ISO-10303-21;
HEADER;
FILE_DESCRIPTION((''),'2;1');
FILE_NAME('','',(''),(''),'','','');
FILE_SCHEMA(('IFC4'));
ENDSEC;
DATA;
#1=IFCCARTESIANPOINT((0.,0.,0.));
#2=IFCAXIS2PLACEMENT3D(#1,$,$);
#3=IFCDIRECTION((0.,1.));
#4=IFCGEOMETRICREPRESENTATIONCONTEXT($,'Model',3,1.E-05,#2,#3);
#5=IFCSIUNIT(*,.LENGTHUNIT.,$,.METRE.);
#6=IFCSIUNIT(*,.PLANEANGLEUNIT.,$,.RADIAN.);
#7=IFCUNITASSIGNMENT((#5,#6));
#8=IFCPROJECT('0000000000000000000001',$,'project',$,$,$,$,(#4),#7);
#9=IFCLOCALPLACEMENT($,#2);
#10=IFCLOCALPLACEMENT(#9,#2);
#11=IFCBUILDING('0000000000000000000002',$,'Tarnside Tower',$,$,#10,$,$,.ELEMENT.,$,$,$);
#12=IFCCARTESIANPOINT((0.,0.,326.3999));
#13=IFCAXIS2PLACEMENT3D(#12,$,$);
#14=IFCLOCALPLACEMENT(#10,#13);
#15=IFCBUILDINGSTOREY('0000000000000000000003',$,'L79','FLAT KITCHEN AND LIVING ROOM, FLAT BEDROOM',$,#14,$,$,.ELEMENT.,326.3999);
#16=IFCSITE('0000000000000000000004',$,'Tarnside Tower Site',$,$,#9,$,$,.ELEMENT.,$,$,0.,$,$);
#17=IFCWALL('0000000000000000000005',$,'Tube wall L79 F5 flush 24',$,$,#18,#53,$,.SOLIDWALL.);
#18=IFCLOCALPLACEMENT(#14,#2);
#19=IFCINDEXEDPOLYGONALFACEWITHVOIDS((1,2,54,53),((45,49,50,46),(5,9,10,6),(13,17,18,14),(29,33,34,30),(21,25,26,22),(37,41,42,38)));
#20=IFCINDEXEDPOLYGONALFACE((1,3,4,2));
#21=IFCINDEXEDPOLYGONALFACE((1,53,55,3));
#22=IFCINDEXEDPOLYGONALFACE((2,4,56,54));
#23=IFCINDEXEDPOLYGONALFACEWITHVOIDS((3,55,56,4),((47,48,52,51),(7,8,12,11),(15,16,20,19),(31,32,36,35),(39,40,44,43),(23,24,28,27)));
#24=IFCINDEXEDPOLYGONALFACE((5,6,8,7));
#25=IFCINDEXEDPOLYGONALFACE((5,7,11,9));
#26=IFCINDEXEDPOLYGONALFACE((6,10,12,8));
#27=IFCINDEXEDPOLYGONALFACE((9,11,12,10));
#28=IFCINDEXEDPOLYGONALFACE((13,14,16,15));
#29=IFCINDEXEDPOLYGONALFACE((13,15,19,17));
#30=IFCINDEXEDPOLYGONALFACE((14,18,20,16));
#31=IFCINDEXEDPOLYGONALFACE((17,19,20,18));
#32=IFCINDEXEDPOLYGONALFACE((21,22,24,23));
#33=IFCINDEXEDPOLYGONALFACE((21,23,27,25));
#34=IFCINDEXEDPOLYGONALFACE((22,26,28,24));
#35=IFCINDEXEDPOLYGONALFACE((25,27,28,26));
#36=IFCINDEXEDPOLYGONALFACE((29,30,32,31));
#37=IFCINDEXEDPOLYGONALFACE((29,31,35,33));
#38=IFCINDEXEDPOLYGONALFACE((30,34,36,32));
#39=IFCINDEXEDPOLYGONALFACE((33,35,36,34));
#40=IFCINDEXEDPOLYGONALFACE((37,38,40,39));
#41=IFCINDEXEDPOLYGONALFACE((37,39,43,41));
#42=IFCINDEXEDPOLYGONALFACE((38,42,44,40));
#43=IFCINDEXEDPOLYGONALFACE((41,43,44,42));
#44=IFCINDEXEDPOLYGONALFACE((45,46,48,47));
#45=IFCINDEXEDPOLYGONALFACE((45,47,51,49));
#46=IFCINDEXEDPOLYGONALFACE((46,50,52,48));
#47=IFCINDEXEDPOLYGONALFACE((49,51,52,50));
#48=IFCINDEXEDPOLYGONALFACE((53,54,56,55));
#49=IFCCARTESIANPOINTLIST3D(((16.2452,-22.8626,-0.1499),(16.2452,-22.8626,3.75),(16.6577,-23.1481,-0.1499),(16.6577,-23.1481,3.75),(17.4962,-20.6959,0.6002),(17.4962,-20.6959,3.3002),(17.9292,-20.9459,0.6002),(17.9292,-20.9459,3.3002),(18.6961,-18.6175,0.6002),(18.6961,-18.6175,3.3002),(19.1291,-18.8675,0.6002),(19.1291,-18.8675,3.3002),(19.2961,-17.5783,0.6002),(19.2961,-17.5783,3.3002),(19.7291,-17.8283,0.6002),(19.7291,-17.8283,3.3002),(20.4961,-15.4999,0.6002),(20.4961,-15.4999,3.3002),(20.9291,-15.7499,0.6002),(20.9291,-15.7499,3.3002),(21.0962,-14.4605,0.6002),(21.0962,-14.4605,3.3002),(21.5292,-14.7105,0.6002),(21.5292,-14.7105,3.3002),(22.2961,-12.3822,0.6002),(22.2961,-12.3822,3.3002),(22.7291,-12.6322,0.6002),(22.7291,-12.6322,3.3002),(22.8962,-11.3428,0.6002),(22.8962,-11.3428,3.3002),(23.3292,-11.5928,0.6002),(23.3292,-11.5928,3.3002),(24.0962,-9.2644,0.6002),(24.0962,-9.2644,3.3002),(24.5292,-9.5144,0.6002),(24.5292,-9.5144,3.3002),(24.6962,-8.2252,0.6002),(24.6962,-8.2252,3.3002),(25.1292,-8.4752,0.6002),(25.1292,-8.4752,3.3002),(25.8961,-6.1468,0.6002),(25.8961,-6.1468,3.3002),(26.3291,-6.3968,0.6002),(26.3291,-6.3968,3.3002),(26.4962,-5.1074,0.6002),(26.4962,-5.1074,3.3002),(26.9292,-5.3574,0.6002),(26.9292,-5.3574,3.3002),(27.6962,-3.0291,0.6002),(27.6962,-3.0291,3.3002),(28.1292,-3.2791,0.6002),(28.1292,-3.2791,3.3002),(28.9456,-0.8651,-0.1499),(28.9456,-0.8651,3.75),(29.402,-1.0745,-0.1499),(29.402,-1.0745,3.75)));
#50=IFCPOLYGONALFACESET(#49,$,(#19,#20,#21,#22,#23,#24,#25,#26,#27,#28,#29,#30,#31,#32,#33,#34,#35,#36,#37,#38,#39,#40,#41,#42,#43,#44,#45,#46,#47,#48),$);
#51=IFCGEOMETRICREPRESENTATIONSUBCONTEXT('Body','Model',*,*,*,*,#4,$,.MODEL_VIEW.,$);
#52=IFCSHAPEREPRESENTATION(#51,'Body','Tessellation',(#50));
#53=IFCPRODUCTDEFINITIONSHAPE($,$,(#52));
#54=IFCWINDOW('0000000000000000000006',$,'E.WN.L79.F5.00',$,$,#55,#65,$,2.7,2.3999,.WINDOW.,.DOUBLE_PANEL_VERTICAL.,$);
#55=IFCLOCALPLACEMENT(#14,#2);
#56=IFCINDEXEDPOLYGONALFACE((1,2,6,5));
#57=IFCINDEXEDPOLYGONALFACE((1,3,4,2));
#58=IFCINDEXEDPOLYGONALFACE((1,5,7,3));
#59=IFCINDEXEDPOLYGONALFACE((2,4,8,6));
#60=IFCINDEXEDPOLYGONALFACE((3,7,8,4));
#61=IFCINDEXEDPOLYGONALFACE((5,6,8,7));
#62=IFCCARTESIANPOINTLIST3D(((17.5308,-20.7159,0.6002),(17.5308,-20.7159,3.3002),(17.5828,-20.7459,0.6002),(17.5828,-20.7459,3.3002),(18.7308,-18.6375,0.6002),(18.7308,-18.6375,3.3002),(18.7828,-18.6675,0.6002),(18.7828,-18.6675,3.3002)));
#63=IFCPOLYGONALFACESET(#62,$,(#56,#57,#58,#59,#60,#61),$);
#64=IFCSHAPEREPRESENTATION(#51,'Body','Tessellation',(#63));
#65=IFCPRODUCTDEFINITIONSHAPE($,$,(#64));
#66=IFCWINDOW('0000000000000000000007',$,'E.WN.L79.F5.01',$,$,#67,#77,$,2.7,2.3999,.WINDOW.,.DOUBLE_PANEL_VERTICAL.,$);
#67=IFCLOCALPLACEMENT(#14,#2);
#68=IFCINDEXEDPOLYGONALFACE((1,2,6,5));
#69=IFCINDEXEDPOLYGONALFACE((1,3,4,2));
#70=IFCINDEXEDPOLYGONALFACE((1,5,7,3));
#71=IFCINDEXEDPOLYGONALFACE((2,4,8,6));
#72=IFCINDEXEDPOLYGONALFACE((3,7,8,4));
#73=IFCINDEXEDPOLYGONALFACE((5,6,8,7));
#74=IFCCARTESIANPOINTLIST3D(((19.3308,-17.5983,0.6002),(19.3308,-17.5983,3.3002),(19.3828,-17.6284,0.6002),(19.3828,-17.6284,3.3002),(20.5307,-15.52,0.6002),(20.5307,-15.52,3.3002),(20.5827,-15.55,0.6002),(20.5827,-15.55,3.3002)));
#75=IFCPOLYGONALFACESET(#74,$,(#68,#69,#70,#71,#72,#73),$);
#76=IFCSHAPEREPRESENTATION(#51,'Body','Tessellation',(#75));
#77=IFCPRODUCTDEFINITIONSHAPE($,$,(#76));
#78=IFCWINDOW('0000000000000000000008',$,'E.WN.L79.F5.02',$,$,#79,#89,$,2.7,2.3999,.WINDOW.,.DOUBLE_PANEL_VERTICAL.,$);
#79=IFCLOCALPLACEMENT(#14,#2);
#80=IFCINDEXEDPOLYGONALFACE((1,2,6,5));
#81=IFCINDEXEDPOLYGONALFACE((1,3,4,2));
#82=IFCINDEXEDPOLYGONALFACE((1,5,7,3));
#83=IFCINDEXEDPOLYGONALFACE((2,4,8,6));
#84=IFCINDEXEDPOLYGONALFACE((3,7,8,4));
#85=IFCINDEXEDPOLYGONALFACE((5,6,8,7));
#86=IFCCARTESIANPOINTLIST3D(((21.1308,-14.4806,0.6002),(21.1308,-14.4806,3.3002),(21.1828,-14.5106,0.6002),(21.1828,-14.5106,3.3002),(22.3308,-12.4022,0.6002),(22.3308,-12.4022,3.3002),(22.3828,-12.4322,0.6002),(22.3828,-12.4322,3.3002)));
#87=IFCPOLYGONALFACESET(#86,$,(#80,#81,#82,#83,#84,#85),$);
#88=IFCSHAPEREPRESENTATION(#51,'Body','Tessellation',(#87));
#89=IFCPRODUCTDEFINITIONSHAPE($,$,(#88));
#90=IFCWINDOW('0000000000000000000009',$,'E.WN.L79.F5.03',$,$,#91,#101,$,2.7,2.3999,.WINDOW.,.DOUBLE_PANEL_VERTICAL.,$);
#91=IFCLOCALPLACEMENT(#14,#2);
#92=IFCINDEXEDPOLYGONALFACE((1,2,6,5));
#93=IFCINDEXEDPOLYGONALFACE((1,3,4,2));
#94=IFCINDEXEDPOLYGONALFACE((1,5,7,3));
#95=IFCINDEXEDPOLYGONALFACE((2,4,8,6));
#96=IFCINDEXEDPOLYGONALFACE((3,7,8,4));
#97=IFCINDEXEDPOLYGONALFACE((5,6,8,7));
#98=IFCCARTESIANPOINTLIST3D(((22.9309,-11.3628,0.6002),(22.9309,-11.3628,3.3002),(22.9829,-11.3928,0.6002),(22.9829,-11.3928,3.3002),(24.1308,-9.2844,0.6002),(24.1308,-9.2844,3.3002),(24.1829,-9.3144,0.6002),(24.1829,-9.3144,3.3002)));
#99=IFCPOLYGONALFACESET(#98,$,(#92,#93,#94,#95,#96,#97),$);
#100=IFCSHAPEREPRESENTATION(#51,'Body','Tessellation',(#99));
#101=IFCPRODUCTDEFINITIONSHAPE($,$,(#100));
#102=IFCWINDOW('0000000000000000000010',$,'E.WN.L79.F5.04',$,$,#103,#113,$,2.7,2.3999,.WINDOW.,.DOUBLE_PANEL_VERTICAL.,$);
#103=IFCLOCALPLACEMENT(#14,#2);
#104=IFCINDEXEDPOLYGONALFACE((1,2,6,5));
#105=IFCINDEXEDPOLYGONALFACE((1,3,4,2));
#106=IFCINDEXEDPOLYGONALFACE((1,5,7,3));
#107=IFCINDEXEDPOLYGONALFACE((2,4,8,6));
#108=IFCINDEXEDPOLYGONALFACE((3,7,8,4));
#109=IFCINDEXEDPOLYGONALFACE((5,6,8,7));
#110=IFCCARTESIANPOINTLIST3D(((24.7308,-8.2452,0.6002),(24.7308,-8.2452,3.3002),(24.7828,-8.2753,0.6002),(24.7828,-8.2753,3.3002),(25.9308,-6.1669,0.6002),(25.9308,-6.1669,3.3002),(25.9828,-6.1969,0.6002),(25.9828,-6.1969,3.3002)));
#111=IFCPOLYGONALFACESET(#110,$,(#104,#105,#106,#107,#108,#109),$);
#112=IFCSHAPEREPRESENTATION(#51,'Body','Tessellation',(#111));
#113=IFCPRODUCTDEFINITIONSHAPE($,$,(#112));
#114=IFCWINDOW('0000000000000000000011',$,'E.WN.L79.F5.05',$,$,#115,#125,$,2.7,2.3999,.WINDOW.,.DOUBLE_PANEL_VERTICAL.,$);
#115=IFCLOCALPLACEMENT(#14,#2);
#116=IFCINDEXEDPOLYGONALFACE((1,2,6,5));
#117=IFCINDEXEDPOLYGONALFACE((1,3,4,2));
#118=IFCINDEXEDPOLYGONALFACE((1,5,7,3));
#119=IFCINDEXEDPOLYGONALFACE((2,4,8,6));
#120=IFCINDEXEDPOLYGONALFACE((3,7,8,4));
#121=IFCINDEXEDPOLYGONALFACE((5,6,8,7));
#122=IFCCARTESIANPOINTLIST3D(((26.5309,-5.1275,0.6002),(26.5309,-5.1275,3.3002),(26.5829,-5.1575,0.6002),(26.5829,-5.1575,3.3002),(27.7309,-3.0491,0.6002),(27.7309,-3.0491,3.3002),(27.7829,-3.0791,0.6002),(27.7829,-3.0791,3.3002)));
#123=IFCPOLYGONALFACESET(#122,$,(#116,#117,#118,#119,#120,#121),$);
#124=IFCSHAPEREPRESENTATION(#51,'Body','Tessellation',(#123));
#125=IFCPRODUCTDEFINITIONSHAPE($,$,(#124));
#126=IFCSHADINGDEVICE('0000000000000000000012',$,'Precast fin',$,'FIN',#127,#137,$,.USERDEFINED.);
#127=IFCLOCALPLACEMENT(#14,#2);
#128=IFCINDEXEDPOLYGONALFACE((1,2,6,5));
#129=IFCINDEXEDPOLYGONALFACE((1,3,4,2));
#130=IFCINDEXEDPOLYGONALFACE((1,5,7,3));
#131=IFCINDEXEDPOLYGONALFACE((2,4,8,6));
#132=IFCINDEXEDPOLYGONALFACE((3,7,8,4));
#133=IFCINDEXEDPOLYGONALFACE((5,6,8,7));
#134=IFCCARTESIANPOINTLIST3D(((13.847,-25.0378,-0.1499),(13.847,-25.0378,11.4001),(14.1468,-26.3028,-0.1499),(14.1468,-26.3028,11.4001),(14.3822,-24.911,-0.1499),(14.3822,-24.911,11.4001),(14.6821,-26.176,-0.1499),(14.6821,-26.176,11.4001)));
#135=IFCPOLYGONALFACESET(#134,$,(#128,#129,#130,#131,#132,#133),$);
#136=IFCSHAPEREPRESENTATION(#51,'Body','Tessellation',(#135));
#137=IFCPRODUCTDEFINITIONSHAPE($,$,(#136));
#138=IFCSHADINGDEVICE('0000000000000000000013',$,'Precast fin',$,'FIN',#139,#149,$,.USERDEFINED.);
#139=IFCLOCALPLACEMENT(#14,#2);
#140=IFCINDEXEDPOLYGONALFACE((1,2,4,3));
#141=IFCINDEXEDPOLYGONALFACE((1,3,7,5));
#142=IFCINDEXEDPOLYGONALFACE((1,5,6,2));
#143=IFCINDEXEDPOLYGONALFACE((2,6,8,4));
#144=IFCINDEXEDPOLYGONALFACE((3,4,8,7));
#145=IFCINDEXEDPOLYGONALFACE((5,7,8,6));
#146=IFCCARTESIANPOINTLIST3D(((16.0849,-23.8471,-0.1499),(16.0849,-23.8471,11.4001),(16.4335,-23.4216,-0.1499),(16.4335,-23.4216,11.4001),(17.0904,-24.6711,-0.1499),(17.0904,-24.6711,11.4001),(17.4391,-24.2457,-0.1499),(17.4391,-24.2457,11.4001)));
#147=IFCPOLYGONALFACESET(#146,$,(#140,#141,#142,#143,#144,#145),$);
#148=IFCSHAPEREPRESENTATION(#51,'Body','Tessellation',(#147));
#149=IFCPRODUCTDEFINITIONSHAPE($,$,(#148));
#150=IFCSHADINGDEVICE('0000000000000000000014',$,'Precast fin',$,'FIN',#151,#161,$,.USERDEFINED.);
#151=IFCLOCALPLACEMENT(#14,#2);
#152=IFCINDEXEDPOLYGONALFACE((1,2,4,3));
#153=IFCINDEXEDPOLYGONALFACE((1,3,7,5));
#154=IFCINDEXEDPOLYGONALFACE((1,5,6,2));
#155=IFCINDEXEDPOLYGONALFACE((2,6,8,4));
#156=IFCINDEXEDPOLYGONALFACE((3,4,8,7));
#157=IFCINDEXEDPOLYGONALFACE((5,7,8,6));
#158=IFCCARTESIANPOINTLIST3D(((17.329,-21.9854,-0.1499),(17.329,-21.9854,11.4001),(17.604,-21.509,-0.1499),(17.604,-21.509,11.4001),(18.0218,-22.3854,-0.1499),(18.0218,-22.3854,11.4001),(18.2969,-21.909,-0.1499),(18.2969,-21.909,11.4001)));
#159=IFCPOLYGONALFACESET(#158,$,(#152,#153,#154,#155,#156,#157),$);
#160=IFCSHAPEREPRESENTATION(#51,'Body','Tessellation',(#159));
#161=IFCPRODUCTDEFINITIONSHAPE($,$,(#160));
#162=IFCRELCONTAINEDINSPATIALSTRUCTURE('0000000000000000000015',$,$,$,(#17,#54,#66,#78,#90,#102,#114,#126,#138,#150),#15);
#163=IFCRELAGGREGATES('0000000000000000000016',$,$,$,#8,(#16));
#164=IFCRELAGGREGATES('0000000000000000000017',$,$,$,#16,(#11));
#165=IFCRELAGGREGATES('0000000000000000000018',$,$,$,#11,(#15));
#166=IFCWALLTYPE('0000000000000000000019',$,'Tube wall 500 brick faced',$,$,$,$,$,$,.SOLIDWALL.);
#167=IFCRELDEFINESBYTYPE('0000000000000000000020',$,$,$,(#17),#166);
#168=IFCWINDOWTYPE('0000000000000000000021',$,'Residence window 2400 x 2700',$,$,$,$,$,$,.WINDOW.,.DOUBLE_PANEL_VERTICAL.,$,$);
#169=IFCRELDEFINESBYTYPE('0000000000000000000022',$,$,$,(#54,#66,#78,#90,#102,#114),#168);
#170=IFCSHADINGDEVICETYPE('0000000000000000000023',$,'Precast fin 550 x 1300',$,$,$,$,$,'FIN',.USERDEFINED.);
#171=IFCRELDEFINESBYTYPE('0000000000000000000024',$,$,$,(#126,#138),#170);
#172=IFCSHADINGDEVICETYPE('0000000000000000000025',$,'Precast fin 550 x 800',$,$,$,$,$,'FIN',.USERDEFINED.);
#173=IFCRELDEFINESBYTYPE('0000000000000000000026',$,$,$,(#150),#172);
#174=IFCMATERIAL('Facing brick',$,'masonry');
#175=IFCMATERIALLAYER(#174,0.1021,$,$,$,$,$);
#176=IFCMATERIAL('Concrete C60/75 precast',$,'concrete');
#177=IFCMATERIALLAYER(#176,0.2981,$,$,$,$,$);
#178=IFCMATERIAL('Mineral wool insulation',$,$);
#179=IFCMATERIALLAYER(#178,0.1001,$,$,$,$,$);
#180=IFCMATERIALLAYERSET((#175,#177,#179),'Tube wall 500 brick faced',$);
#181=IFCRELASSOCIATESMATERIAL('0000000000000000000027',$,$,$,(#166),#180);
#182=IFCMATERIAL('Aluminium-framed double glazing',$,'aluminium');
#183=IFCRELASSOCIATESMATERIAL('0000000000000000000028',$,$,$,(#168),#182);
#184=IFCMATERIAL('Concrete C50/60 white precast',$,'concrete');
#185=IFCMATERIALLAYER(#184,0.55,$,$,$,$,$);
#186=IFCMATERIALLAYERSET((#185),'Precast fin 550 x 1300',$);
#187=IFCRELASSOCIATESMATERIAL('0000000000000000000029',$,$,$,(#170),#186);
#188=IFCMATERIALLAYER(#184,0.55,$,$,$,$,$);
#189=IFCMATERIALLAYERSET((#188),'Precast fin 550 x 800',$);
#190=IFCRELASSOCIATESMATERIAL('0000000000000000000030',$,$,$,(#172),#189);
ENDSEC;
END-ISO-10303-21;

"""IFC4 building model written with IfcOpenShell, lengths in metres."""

from ifc_helpers import new_model, si_unit, direction, frame, frame_2d, origin, place, context, subcontext, project, spatial, polyline, rectangle, outline, extrude, material, layer, layer_set, type_object, element, fill, save


model = new_model("IFC4")

# Units and contexts
model_context = context("Model", 3, precision=1e-05, world=origin(), true_north=direction((0.0, 1.0)))
body_context = subcontext(model_context, "Body", "Model", "MODEL_VIEW")
ifc_project = project(units=[si_unit("LENGTHUNIT", "METRE"), si_unit("PLANEANGLEUNIT", "RADIAN")], contexts=[model_context])

# Site, building, storey
site_placement = place(None, origin())
site = spatial("IfcSite", under=ifc_project, at=site_placement, Name="Tarnside Tower Site", CompositionType="ELEMENT", RefElevation=0.0)
building_placement = place(site_placement, origin())
building = spatial("IfcBuilding", under=site, at=building_placement, Name="Tarnside Tower", CompositionType="ELEMENT")
storey_placement = place(building_placement, frame((0.0, 0.0, 326.3999)))
storey = spatial("IfcBuildingStorey", under=building, at=storey_placement, Name="L79", Description="FLAT KITCHEN AND LIVING ROOM, FLAT BEDROOM", CompositionType="ELEMENT", Elevation=326.3999)

# Shared definitions
ifc_material_1 = material(Name="Facing brick", Category="masonry")
ifc_layer_1 = layer(ifc_material_1, 0.1021)
ifc_material_2 = material(Name="Concrete C60/75 precast", Category="concrete")
ifc_layer_2 = layer(ifc_material_2, 0.2981)
ifc_material_3 = material(Name="Mineral wool insulation")
ifc_layer_3 = layer(ifc_material_3, 0.1001)
ifc_layer_set_1 = layer_set([ifc_layer_1, ifc_layer_2, ifc_layer_3], Name="Tube wall 500 brick faced")
wall_type_1 = type_object("IfcWallType", Name="Tube wall 500 brick faced", PredefinedType="SOLIDWALL", material=ifc_layer_set_1)

# Wall, openings, windows
wall_1_placement = place(storey_placement, frame((16.4514, -23.0054, -0.1499), z_axis=(0.0, 0.0, 1.0), x_axis=(0.500004, 0.866023, 0.0)))
wall_1 = element("IfcWall", 1, at=wall_1_placement, inside=storey, type_object=wall_type_1, Name="Tube wall L79 F5 flush 24", PredefinedType="SOLIDWALL", context=body_context, shape_type="SweptSolid", body=[
    extrude(outline(polyline([(-0.0205, -0.25), (25.468, -0.25), (25.4211, 0.25), (0.0205, 0.25), (-0.0205, -0.25)])), origin(), (0.0, 0.0, 1.0), 3.8999),
])
opening_1_placement = place(wall_1_placement, frame((2.5225, 0.0, 0.75)))
opening_1 = element("IfcOpeningElement", 2, at=opening_1_placement, cuts=wall_1, PredefinedType="OPENING", context=body_context, shape_type="SweptSolid", body=[
    extrude(rectangle(XDim=2.3999, YDim=2.7, at=frame_2d((1.2, 1.3501))), frame((0.0, 0.26, 0.0), z_axis=(0.0, -1.0, 0.0), x_axis=(1.0, 0.0, 0.0)), (0.0, 0.0, 1.0), 0.52),
])
opening_2_placement = place(wall_1_placement, frame((6.1223, 0.0, 0.75)))
opening_2 = element("IfcOpeningElement", 3, at=opening_2_placement, cuts=wall_1, PredefinedType="OPENING", context=body_context, shape_type="SweptSolid", body=[
    extrude(rectangle(XDim=2.3999, YDim=2.7, at=frame_2d((1.2, 1.3501))), frame((0.0, 0.26, 0.0), z_axis=(0.0, -1.0, 0.0), x_axis=(1.0, 0.0, 0.0)), (0.0, 0.0, 1.0), 0.52),
])
opening_3_placement = place(wall_1_placement, frame((9.7224, 0.0, 0.75)))
opening_3 = element("IfcOpeningElement", 4, at=opening_3_placement, cuts=wall_1, PredefinedType="OPENING", context=body_context, shape_type="SweptSolid", body=[
    extrude(rectangle(XDim=2.3999, YDim=2.7, at=frame_2d((1.2, 1.3501))), frame((0.0, 0.26, 0.0), z_axis=(0.0, -1.0, 0.0), x_axis=(1.0, 0.0, 0.0)), (0.0, 0.0, 1.0), 0.52),
])
opening_4_placement = place(wall_1_placement, frame((13.3225, 0.0, 0.75)))
opening_4 = element("IfcOpeningElement", 5, at=opening_4_placement, cuts=wall_1, PredefinedType="OPENING", context=body_context, shape_type="SweptSolid", body=[
    extrude(rectangle(XDim=2.3999, YDim=2.7, at=frame_2d((1.2, 1.3501))), frame((0.0, 0.26, 0.0), z_axis=(0.0, -1.0, 0.0), x_axis=(1.0, 0.0, 0.0)), (0.0, 0.0, 1.0), 0.52),
])
opening_5_placement = place(wall_1_placement, frame((16.9224, 0.0, 0.75)))
opening_5 = element("IfcOpeningElement", 6, at=opening_5_placement, cuts=wall_1, PredefinedType="OPENING", context=body_context, shape_type="SweptSolid", body=[
    extrude(rectangle(XDim=2.3999, YDim=2.7, at=frame_2d((1.2, 1.3501))), frame((0.0, 0.26, 0.0), z_axis=(0.0, -1.0, 0.0), x_axis=(1.0, 0.0, 0.0)), (0.0, 0.0, 1.0), 0.52),
])
opening_6_placement = place(wall_1_placement, frame((20.5225, 0.0, 0.75)))
opening_6 = element("IfcOpeningElement", 7, at=opening_6_placement, cuts=wall_1, PredefinedType="OPENING", context=body_context, shape_type="SweptSolid", body=[
    extrude(rectangle(XDim=2.3999, YDim=2.7, at=frame_2d((1.2, 1.3501))), frame((0.0, 0.26, 0.0), z_axis=(0.0, -1.0, 0.0), x_axis=(1.0, 0.0, 0.0)), (0.0, 0.0, 1.0), 0.52),
])
ifc_material_4 = material(Name="Aluminium-framed double glazing", Category="aluminium")
window_type = type_object("IfcWindowType", Name="Residence window 2400 x 2700", PartitioningType="DOUBLE_PANEL_VERTICAL", PredefinedType="WINDOW", material=ifc_material_4)
window_1_placement = place(opening_1_placement, frame((0.0, 0.1799, 0.0)))
window_1 = element("IfcWindow", 8, at=window_1_placement, inside=storey, type_object=window_type, Name="E.WN.L79.F5.00", OverallHeight=2.7, OverallWidth=2.3999, PartitioningType="DOUBLE_PANEL_VERTICAL", PredefinedType="WINDOW", context=body_context, shape_type="SweptSolid", body=[
    extrude(rectangle(XDim=2.3999, YDim=2.7, at=frame_2d((1.2, 1.3501))), frame((0.0, 0.03, 0.0), z_axis=(0.0, -1.0, 0.0), x_axis=(1.0, 0.0, 0.0)), (0.0, 0.0, 1.0), 0.0601),
])
fill(opening_1, window_1)
window_2_placement = place(opening_2_placement, frame((0.0, 0.1799, 0.0)))
window_2 = element("IfcWindow", 9, at=window_2_placement, inside=storey, type_object=window_type, Name="E.WN.L79.F5.01", OverallHeight=2.7, OverallWidth=2.3999, PartitioningType="DOUBLE_PANEL_VERTICAL", PredefinedType="WINDOW", context=body_context, shape_type="SweptSolid", body=[
    extrude(rectangle(XDim=2.3999, YDim=2.7, at=frame_2d((1.2, 1.3501))), frame((0.0, 0.03, 0.0), z_axis=(0.0, -1.0, 0.0), x_axis=(1.0, 0.0, 0.0)), (0.0, 0.0, 1.0), 0.0601),
])
fill(opening_2, window_2)
window_3_placement = place(opening_3_placement, frame((0.0, 0.1799, 0.0)))
window_3 = element("IfcWindow", 10, at=window_3_placement, inside=storey, type_object=window_type, Name="E.WN.L79.F5.02", OverallHeight=2.7, OverallWidth=2.3999, PartitioningType="DOUBLE_PANEL_VERTICAL", PredefinedType="WINDOW", context=body_context, shape_type="SweptSolid", body=[
    extrude(rectangle(XDim=2.3999, YDim=2.7, at=frame_2d((1.2, 1.3501))), frame((0.0, 0.03, 0.0), z_axis=(0.0, -1.0, 0.0), x_axis=(1.0, 0.0, 0.0)), (0.0, 0.0, 1.0), 0.0601),
])
fill(opening_3, window_3)
window_4_placement = place(opening_4_placement, frame((0.0, 0.1799, 0.0)))
window_4 = element("IfcWindow", 11, at=window_4_placement, inside=storey, type_object=window_type, Name="E.WN.L79.F5.03", OverallHeight=2.7, OverallWidth=2.3999, PartitioningType="DOUBLE_PANEL_VERTICAL", PredefinedType="WINDOW", context=body_context, shape_type="SweptSolid", body=[
    extrude(rectangle(XDim=2.3999, YDim=2.7, at=frame_2d((1.2, 1.3501))), frame((0.0, 0.03, 0.0), z_axis=(0.0, -1.0, 0.0), x_axis=(1.0, 0.0, 0.0)), (0.0, 0.0, 1.0), 0.0601),
])
fill(opening_4, window_4)
window_5_placement = place(opening_5_placement, frame((0.0, 0.1799, 0.0)))
window_5 = element("IfcWindow", 12, at=window_5_placement, inside=storey, type_object=window_type, Name="E.WN.L79.F5.04", OverallHeight=2.7, OverallWidth=2.3999, PartitioningType="DOUBLE_PANEL_VERTICAL", PredefinedType="WINDOW", context=body_context, shape_type="SweptSolid", body=[
    extrude(rectangle(XDim=2.3999, YDim=2.7, at=frame_2d((1.2, 1.3501))), frame((0.0, 0.03, 0.0), z_axis=(0.0, -1.0, 0.0), x_axis=(1.0, 0.0, 0.0)), (0.0, 0.0, 1.0), 0.0601),
])
fill(opening_5, window_5)
window_6_placement = place(opening_6_placement, frame((0.0, 0.1799, 0.0)))
window_6 = element("IfcWindow", 13, at=window_6_placement, inside=storey, type_object=window_type, Name="E.WN.L79.F5.05", OverallHeight=2.7, OverallWidth=2.3999, PartitioningType="DOUBLE_PANEL_VERTICAL", PredefinedType="WINDOW", context=body_context, shape_type="SweptSolid", body=[
    extrude(rectangle(XDim=2.3999, YDim=2.7, at=frame_2d((1.2, 1.3501))), frame((0.0, 0.03, 0.0), z_axis=(0.0, -1.0, 0.0), x_axis=(1.0, 0.0, 0.0)), (0.0, 0.0, 1.0), 0.0601),
])
fill(opening_6, window_6)

# Shading devices
ifc_material_5 = material(Name="Concrete C50/60 white precast", Category="concrete")
ifc_layer_4 = layer(ifc_material_5, 0.55)
ifc_layer_set_2 = layer_set([ifc_layer_4], Name="Precast fin 550 x 1300")
shading_device_type_1 = type_object("IfcShadingDeviceType", Name="Precast fin 550 x 1300", ElementType="FIN", PredefinedType="USERDEFINED", material=ifc_layer_set_2)
for number, where, z_axis, x_axis, name in (
    (14, (14.1147, -24.9744, -0.1499), (-0.973045, -0.230616, 0.0), (0.230616, -0.973045, 0.0), "Precast fin"),
    (15, (16.2593, -23.6343, -0.1499), (-0.633831, -0.773472, 0.0), (0.773472, -0.633831, 0.0), "Precast fin"),
):
    element("IfcShadingDevice", number, at=place(storey_placement, frame(where, z_axis=z_axis, x_axis=x_axis)), inside=storey, type_object=shading_device_type_1, Name=name, ObjectType="FIN", PredefinedType="USERDEFINED", context=body_context, shape_type="SweptSolid", body=[
        extrude(outline(polyline([(0.0, 0.0), (1.3, 0.0), (1.3, 11.55), (0.0, 11.55), (0.0, 0.0)])), frame((0.0, 0.0, -0.2749)), (0.0, 0.0, 1.0), 0.55),
    ])
ifc_layer_5 = layer(ifc_material_5, 0.55)
ifc_layer_set_3 = layer_set([ifc_layer_5], Name="Precast fin 550 x 800")
shading_device_type_2 = type_object("IfcShadingDeviceType", Name="Precast fin 550 x 800", ElementType="FIN", PredefinedType="USERDEFINED", material=ifc_layer_set_3)
for number, where, z_axis, x_axis, name in (
    (16, (17.4666, -21.7471, -0.1499), (-0.5, -0.866025, 0.0), (0.866025, -0.5, 0.0), "Precast fin"),
):
    element("IfcShadingDevice", number, at=place(storey_placement, frame(where, z_axis=z_axis, x_axis=x_axis)), inside=storey, type_object=shading_device_type_2, Name=name, ObjectType="FIN", PredefinedType="USERDEFINED", context=body_context, shape_type="SweptSolid", body=[
        extrude(outline(polyline([(0.0, 0.0), (0.8, 0.0), (0.8, 11.55), (0.0, 11.55), (0.0, 0.0)])), frame((0.0, 0.0, -0.2749)), (0.0, 0.0, 1.0), 0.55),
    ])

save(model, "model.ifc")
